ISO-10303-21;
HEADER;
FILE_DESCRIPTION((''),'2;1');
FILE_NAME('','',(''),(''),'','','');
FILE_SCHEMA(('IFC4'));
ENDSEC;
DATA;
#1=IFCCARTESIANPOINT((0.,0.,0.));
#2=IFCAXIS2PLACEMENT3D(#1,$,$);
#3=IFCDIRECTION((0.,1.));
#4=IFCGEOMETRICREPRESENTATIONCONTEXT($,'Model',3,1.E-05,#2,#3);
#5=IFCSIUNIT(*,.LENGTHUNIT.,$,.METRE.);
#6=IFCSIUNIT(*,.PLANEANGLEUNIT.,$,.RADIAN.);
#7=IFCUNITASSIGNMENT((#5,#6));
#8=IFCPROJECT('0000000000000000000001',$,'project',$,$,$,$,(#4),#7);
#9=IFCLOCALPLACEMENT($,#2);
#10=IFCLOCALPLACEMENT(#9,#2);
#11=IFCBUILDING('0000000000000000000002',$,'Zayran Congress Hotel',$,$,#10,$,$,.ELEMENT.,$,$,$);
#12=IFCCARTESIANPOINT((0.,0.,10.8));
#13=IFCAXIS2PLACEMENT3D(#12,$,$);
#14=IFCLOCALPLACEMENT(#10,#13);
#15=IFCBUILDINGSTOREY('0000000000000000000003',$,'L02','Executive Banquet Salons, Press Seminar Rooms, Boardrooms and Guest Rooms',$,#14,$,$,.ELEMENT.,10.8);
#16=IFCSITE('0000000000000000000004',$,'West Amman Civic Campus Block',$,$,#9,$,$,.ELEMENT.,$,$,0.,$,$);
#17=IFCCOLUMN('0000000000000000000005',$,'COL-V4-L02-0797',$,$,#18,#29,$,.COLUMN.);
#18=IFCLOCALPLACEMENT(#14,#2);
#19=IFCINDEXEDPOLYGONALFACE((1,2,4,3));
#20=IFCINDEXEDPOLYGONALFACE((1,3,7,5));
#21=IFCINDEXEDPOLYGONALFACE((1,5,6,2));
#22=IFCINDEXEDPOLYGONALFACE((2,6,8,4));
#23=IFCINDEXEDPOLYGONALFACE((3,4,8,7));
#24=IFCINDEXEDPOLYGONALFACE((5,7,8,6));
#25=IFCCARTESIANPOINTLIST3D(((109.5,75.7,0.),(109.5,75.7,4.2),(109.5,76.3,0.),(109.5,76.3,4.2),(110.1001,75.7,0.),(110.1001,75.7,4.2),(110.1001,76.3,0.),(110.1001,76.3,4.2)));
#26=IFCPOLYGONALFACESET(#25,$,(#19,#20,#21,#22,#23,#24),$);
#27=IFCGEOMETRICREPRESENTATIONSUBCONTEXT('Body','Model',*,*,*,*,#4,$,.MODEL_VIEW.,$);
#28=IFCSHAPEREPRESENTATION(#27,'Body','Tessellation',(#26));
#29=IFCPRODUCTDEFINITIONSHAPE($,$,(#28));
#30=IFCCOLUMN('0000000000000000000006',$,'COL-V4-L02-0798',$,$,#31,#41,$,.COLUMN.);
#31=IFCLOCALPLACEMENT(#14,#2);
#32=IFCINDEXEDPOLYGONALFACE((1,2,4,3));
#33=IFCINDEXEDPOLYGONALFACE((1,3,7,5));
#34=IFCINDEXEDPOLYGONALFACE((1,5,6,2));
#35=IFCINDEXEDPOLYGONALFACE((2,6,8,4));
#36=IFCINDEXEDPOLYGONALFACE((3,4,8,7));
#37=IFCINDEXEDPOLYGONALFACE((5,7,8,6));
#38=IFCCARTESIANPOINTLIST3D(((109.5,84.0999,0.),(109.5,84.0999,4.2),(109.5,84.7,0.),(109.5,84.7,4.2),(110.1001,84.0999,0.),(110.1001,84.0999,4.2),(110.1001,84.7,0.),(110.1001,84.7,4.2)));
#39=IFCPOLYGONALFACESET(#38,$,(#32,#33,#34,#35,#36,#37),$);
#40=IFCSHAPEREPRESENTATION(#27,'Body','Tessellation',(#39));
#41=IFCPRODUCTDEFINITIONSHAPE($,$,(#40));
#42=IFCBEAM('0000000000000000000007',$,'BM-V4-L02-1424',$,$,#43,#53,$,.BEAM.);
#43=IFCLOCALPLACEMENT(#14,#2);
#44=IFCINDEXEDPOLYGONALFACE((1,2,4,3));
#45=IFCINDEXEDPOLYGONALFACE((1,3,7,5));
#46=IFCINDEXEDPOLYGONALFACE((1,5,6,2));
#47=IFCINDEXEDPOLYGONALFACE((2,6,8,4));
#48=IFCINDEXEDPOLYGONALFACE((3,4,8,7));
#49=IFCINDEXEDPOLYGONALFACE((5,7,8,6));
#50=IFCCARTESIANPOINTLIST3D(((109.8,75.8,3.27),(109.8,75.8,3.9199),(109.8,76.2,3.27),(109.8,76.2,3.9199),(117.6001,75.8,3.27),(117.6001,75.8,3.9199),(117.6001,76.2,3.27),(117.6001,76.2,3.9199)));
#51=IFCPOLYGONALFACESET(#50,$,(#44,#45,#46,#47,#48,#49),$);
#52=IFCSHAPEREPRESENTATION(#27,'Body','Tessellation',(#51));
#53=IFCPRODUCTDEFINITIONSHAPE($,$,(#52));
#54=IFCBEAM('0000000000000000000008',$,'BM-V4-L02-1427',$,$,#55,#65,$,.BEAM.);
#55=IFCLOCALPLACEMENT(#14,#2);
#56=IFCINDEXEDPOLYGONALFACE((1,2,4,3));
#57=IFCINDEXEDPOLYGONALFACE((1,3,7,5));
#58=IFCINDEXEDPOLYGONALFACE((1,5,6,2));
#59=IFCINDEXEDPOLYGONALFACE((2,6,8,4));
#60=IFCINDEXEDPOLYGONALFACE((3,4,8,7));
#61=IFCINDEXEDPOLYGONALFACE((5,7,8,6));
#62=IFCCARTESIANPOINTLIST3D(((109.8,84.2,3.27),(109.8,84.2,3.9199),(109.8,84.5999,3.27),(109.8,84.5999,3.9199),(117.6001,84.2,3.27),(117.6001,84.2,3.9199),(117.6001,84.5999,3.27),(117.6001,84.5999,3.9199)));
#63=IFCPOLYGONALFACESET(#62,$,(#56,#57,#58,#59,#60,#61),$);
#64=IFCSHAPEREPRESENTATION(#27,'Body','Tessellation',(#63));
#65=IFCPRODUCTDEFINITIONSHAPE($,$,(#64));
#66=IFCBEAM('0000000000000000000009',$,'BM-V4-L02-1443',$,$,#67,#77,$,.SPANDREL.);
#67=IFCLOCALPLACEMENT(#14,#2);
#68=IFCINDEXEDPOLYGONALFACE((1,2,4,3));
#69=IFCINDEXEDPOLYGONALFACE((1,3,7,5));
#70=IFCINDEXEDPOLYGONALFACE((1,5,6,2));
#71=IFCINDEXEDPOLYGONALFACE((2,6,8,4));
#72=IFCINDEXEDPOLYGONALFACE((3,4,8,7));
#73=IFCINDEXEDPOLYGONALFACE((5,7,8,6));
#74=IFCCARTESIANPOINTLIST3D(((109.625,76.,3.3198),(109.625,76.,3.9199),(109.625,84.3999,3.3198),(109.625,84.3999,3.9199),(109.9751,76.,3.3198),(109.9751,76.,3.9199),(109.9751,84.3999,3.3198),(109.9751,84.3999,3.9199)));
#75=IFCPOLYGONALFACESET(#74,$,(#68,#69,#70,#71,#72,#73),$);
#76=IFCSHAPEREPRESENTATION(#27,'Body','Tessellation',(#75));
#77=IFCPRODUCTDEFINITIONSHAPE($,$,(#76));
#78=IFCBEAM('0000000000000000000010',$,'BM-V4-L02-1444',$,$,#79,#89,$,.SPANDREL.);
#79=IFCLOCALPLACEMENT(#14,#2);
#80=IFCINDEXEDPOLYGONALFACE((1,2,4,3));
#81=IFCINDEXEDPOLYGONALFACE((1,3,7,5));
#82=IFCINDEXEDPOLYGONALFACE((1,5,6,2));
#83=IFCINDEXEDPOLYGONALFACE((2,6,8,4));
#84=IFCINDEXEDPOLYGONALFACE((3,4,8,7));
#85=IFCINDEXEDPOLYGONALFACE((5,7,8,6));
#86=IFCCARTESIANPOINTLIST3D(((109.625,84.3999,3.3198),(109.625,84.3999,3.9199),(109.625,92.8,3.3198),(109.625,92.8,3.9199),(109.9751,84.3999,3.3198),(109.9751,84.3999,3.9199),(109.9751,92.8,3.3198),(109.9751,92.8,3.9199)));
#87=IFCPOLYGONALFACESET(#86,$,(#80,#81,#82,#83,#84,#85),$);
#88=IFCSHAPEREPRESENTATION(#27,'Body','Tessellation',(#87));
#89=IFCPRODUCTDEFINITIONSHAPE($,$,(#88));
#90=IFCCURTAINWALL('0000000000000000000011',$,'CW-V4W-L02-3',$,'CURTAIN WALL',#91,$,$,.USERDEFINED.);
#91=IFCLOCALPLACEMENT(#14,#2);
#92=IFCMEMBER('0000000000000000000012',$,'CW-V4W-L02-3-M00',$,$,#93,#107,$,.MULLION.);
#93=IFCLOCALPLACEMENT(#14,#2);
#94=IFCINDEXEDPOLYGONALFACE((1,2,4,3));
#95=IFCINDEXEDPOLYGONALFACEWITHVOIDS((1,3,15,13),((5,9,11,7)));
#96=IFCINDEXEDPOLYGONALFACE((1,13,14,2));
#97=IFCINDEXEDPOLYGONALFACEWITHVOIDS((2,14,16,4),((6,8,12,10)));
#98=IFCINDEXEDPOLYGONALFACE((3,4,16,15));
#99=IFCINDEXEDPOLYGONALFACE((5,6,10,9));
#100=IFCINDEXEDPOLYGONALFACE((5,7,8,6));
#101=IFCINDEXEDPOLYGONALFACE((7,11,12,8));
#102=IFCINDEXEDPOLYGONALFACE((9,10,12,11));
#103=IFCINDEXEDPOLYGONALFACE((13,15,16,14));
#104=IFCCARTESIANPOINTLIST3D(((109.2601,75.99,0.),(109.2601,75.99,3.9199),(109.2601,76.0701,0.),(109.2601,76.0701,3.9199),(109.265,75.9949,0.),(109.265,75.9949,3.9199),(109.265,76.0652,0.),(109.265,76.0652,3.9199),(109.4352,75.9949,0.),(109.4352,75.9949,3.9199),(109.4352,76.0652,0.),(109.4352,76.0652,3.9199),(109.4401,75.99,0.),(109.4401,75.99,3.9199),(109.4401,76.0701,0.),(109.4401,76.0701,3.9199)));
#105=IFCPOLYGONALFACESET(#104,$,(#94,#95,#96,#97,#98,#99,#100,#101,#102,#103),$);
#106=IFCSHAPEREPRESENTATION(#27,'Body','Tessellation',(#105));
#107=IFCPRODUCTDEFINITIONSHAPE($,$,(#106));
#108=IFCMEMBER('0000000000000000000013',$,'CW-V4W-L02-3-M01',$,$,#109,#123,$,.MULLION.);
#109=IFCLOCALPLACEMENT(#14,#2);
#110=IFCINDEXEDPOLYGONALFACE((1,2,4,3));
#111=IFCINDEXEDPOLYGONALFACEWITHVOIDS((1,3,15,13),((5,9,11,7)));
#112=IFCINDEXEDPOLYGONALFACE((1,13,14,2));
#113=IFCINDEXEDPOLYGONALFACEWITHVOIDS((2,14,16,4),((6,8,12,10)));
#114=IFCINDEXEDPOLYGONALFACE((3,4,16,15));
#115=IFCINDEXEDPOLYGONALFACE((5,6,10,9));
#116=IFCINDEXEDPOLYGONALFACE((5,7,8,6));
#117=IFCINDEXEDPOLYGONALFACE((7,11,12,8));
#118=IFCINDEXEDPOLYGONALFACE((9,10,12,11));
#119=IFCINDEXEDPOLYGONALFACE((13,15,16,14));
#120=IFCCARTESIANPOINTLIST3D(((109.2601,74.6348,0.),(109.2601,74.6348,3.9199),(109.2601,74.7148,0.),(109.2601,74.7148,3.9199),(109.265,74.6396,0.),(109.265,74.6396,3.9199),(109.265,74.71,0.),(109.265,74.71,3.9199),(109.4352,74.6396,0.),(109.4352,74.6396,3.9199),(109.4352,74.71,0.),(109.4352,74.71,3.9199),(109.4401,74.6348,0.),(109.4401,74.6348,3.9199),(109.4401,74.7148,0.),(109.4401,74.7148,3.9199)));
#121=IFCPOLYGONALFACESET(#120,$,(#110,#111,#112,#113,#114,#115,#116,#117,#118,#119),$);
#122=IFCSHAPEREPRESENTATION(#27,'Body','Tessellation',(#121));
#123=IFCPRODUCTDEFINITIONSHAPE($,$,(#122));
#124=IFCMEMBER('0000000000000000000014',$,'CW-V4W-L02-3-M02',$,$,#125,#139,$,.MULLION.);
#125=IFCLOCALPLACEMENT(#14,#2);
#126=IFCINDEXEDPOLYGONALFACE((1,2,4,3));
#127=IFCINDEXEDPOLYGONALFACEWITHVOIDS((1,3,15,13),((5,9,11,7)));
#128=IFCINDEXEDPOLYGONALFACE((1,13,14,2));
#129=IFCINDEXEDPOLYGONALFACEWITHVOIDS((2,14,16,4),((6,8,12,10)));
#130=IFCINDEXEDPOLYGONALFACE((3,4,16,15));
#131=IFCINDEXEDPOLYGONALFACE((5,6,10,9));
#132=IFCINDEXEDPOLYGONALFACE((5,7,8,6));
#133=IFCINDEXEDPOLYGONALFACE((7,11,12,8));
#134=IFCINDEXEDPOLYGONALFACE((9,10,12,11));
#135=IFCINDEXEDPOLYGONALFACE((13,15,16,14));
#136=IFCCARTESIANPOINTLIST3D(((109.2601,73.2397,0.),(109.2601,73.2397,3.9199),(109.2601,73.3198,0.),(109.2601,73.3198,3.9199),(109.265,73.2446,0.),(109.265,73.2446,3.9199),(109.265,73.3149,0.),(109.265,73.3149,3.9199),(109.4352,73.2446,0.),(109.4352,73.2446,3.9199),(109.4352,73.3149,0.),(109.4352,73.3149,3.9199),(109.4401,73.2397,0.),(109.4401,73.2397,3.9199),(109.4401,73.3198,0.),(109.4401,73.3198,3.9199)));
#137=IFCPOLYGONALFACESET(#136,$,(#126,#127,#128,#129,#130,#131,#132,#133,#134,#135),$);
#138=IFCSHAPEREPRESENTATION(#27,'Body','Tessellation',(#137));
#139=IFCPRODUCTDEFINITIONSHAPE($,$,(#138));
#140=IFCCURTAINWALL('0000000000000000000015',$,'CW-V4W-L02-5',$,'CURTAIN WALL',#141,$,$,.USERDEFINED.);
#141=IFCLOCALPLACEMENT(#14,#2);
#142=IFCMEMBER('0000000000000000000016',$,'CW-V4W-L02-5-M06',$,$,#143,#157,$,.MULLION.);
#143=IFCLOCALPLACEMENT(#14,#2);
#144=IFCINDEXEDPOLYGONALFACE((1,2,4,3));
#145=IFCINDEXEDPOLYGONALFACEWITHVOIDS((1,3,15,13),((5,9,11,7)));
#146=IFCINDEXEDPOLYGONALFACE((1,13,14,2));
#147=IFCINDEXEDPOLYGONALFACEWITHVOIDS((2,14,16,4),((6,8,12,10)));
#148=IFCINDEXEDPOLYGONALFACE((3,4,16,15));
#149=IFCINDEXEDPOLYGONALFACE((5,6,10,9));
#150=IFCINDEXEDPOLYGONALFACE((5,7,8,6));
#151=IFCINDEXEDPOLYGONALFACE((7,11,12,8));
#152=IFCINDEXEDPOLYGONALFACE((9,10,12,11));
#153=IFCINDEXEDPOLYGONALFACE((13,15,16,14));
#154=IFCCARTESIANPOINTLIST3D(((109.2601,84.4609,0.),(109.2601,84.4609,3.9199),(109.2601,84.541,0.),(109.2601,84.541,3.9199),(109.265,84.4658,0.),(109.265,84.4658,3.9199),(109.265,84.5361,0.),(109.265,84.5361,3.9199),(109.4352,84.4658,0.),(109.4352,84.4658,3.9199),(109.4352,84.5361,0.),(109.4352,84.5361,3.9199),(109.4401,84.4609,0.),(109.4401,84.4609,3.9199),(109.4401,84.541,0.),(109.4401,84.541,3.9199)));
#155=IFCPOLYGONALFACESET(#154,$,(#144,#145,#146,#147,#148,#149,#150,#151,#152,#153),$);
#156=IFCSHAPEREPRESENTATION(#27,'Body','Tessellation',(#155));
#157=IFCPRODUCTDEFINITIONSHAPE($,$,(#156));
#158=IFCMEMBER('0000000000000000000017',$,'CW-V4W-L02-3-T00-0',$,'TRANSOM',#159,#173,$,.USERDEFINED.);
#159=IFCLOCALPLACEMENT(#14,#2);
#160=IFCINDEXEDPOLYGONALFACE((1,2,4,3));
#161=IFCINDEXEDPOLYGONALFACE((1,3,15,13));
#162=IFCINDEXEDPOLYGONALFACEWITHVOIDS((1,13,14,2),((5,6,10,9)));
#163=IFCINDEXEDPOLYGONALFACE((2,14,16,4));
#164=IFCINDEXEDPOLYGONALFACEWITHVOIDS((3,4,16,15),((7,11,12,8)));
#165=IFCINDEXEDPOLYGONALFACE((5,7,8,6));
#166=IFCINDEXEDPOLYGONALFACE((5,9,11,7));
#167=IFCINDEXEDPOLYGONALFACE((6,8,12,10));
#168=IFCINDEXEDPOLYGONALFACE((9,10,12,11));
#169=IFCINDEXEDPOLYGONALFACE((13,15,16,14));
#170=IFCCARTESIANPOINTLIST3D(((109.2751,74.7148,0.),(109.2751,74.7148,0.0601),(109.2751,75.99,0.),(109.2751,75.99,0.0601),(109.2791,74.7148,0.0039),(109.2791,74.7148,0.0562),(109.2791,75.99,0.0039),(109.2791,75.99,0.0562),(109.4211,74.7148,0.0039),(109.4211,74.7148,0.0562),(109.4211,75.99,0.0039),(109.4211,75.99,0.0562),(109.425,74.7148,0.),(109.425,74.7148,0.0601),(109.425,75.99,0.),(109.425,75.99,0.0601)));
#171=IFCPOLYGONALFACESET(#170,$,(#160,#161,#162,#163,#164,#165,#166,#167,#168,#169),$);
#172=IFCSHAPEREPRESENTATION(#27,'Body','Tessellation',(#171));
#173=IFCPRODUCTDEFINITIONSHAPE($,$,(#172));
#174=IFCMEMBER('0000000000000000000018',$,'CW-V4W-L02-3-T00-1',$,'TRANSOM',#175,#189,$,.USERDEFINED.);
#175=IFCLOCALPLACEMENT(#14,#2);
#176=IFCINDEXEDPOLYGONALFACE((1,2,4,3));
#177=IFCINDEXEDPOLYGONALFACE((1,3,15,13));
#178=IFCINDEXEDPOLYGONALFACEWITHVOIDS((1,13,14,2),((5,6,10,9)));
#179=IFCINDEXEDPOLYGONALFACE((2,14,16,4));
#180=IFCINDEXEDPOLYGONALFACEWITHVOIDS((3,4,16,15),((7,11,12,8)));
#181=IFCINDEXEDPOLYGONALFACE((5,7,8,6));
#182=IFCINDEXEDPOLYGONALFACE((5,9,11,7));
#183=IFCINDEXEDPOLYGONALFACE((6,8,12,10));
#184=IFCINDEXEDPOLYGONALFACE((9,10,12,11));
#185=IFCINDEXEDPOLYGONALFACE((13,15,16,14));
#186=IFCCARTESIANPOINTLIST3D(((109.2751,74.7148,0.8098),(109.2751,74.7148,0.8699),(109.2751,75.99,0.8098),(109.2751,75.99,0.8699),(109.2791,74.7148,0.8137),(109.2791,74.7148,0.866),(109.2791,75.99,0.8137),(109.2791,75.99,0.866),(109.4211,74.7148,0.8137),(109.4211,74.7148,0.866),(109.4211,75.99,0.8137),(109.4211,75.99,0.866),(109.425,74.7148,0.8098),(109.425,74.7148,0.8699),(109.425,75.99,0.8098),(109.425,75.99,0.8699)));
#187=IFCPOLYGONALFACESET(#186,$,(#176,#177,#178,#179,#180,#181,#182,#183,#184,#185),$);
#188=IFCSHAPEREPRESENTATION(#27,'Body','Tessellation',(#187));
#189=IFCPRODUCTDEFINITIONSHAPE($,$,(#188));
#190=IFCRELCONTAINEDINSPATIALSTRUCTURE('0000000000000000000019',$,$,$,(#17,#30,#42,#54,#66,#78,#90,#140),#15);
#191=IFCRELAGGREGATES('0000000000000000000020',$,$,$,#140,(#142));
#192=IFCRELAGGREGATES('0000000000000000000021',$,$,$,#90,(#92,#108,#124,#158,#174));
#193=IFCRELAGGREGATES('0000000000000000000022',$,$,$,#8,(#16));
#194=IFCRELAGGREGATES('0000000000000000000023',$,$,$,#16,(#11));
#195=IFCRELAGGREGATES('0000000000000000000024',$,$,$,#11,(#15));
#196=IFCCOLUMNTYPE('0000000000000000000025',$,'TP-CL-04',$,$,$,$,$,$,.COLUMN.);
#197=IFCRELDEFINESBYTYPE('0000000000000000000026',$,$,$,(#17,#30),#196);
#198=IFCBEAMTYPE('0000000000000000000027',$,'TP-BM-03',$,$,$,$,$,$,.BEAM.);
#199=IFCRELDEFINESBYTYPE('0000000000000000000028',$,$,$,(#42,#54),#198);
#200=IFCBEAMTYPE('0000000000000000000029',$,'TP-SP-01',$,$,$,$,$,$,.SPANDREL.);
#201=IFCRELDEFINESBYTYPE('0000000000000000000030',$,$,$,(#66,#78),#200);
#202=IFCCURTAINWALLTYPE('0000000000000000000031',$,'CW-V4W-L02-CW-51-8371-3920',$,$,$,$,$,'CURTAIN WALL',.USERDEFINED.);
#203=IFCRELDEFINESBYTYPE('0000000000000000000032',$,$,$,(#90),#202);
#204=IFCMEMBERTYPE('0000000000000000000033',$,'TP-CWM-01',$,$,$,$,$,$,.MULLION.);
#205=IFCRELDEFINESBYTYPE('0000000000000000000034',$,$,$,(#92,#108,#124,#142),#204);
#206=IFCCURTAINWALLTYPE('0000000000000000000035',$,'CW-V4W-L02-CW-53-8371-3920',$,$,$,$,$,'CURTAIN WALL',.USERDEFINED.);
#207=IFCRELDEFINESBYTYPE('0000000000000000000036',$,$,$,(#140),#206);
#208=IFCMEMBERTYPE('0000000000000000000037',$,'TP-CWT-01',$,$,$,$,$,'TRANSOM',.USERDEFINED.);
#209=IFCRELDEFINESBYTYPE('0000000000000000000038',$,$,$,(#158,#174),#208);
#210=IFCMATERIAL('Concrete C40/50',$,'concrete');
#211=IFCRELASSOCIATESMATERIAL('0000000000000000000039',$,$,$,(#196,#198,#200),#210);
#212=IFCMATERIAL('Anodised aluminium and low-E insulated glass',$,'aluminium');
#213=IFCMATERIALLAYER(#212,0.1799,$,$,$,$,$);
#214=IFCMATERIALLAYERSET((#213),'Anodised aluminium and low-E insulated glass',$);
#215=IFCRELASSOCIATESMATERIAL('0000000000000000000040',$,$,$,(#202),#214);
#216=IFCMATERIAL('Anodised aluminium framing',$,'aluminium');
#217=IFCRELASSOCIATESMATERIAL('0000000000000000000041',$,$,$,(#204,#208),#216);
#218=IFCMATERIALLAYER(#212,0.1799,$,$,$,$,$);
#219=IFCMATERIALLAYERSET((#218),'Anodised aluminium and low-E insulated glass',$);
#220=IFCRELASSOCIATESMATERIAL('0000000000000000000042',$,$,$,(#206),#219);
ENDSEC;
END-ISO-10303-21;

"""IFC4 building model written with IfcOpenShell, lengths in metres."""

from ifc_helpers import new_model, si_unit, direction, frame, origin, origin_2d, place, context, subcontext, project, spatial, rectangle, hollow_rectangle, extrude, material, layer, layer_set, material_profile, profile_set, type_object, element, aggregate, save


model = new_model("IFC4")

# Units and contexts
model_context = context("Model", 3, precision=1e-05, world=origin(), true_north=direction((0.0, 1.0)))
body_context = subcontext(model_context, "Body", "Model", "MODEL_VIEW")
ifc_project = project(units=[si_unit("LENGTHUNIT", "METRE"), si_unit("PLANEANGLEUNIT", "RADIAN")], contexts=[model_context])

# Site, building, storey
site_placement = place(None, origin())
site = spatial("IfcSite", under=ifc_project, at=site_placement, Name="West Amman Civic Campus Block", CompositionType="ELEMENT", RefElevation=0.0)
building_placement = place(site_placement, origin())
building = spatial("IfcBuilding", under=site, at=building_placement, Name="Zayran Congress Hotel", CompositionType="ELEMENT")
storey_placement = place(building_placement, frame((0.0, 0.0, 10.8)))
storey = spatial("IfcBuildingStorey", under=building, at=storey_placement, Name="L02", Description="Executive Banquet Salons, Press Seminar Rooms, Boardrooms and Guest Rooms", CompositionType="ELEMENT", Elevation=10.8)

# Columns
ifc_material_1 = material(Name="Concrete C40/50", Category="concrete")
ifc_material_profile_1 = material_profile(ifc_material_1, rectangle(XDim=0.6001, YDim=0.6001, at=origin_2d()), Name="RC 600x600")
ifc_profile_set_1 = profile_set([ifc_material_profile_1], Name="Concrete C40/50")
column_type = type_object("IfcColumnType", Name="TP-CL-04", PredefinedType="COLUMN", material=ifc_profile_set_1)
for number, where, z_axis, x_axis, name in (
    (1, (109.8, 76.0, 0.0), (0.0, 0.0, 1.0), (1.0, 0.0, 0.0), "COL-V4-L02-0797"),
    (2, (109.8, 84.3999, 0.0), (0.0, 0.0, 1.0), (1.0, 0.0, 0.0), "COL-V4-L02-0798"),
):
    element("IfcColumn", number, at=place(storey_placement, frame(where, z_axis=z_axis, x_axis=x_axis)), inside=storey, type_object=column_type, Name=name, PredefinedType="COLUMN", context=body_context, shape_type="SweptSolid", body=[
        extrude(rectangle(XDim=0.6001, YDim=0.6001, at=origin_2d()), origin(), (0.0, 0.0, 1.0), 4.2),
    ])

# Beams
ifc_material_profile_2 = material_profile(ifc_material_1, rectangle(XDim=0.3999, YDim=0.6499, at=origin_2d()), Name="RC 400x650")
ifc_profile_set_2 = profile_set([ifc_material_profile_2], Name="Concrete C40/50")
beam_type_1 = type_object("IfcBeamType", Name="TP-BM-03", PredefinedType="BEAM", material=ifc_profile_set_2)
for number, where, z_axis, x_axis, name in (
    (3, (109.8, 76.0, 3.595), (1.0, 0.0, 0.0), (0.0, 1.0, 0.0), "BM-V4-L02-1424"),
    (4, (109.8, 84.3999, 3.595), (1.0, 0.0, 0.0), (0.0, 1.0, 0.0), "BM-V4-L02-1427"),
):
    element("IfcBeam", number, at=place(storey_placement, frame(where, z_axis=z_axis, x_axis=x_axis)), inside=storey, type_object=beam_type_1, Name=name, PredefinedType="BEAM", context=body_context, shape_type="SweptSolid", body=[
        extrude(rectangle(XDim=0.3999, YDim=0.6499, at=origin_2d()), origin(), (0.0, 0.0, 1.0), 7.8),
    ])
ifc_material_profile_3 = material_profile(ifc_material_1, rectangle(XDim=0.3501, YDim=0.6001, at=origin_2d()), Name="RC 350x600")
ifc_profile_set_3 = profile_set([ifc_material_profile_3], Name="Concrete C40/50")
beam_type_2 = type_object("IfcBeamType", Name="TP-SP-01", PredefinedType="SPANDREL", material=ifc_profile_set_3)
beam_1_placement = place(storey_placement, frame((109.8, 76.0, 3.6199), z_axis=(0.0, 1.0, 0.0), x_axis=(-1.0, 0.0, 0.0)))
element("IfcBeam", 5, at=beam_1_placement, inside=storey, type_object=beam_type_2, Name="BM-V4-L02-1443", PredefinedType="SPANDREL", context=body_context, shape_type="SweptSolid", body=[
    extrude(rectangle(XDim=0.3501, YDim=0.6001, at=origin_2d()), origin(), (0.0, 0.0, 1.0), 8.3999),
])
beam_2_placement = place(storey_placement, frame((109.8, 84.3999, 3.6199), z_axis=(0.0, 1.0, 0.0), x_axis=(-1.0, 0.0, 0.0)))
element("IfcBeam", 6, at=beam_2_placement, inside=storey, type_object=beam_type_2, Name="BM-V4-L02-1444", PredefinedType="SPANDREL", context=body_context, shape_type="SweptSolid", body=[
    extrude(rectangle(XDim=0.3501, YDim=0.6001, at=origin_2d()), origin(), (0.0, 0.0, 1.0), 8.4001),
])

# Curtain wall, members
ifc_material_2 = material(Name="Anodised aluminium and low-E insulated glass", Category="aluminium")
ifc_layer_1 = layer(ifc_material_2, 0.1799)
ifc_layer_set_1 = layer_set([ifc_layer_1], Name="Anodised aluminium and low-E insulated glass")
curtain_wall_type_1 = type_object("IfcCurtainWallType", Name="CW-V4W-L02-CW-51-8371-3920", ElementType="CURTAIN WALL", PredefinedType="USERDEFINED", material=ifc_layer_set_1)
curtain_wall_1_placement = place(storey_placement, origin())
curtain_wall_1 = element("IfcCurtainWall", 7, at=curtain_wall_1_placement, inside=storey, type_object=curtain_wall_type_1, Name="CW-V4W-L02-3", ObjectType="CURTAIN WALL", PredefinedType="USERDEFINED")
ifc_material_3 = material(Name="Anodised aluminium framing", Category="aluminium")
ifc_material_profile_4 = material_profile(ifc_material_3, hollow_rectangle(XDim=0.0801, YDim=0.1799, WallThickness=0.0049, at=origin_2d()), Name="RHS 180x80x5")
ifc_profile_set_4 = profile_set([ifc_material_profile_4], Name="Anodised aluminium framing")
member_type_1 = type_object("IfcMemberType", Name="TP-CWM-01", PredefinedType="MULLION", material=ifc_profile_set_4)
member_1_placement = place(storey_placement, frame((109.3501, 76.03, 0.0), z_axis=(0.0, 0.0, 1.0), x_axis=(0.0, 1.0, 0.0)))
member_1 = element("IfcMember", 8, at=member_1_placement, type_object=member_type_1, Name="CW-V4W-L02-3-M00", PredefinedType="MULLION", context=body_context, shape_type="SweptSolid", body=[
    extrude(hollow_rectangle(XDim=0.0801, YDim=0.1799, WallThickness=0.0049, at=origin_2d()), origin(), (0.0, 0.0, 1.0), 3.9199),
])
member_2_placement = place(storey_placement, frame((109.3501, 74.6748, 0.0), z_axis=(0.0, 0.0, 1.0), x_axis=(0.0, 1.0, 0.0)))
member_2 = element("IfcMember", 9, at=member_2_placement, type_object=member_type_1, Name="CW-V4W-L02-3-M01", PredefinedType="MULLION", context=body_context, shape_type="SweptSolid", body=[
    extrude(hollow_rectangle(XDim=0.0801, YDim=0.1799, WallThickness=0.0049, at=origin_2d()), origin(), (0.0, 0.0, 1.0), 3.9199),
])
member_3_placement = place(storey_placement, frame((109.3501, 73.2798, 0.0), z_axis=(0.0, 0.0, 1.0), x_axis=(0.0, 1.0, 0.0)))
member_3 = element("IfcMember", 10, at=member_3_placement, type_object=member_type_1, Name="CW-V4W-L02-3-M02", PredefinedType="MULLION", context=body_context, shape_type="SweptSolid", body=[
    extrude(hollow_rectangle(XDim=0.0801, YDim=0.1799, WallThickness=0.0049, at=origin_2d()), origin(), (0.0, 0.0, 1.0), 3.9199),
])

# Curtain wall, member
ifc_layer_2 = layer(ifc_material_2, 0.1799)
ifc_layer_set_2 = layer_set([ifc_layer_2], Name="Anodised aluminium and low-E insulated glass")
curtain_wall_type_2 = type_object("IfcCurtainWallType", Name="CW-V4W-L02-CW-53-8371-3920", ElementType="CURTAIN WALL", PredefinedType="USERDEFINED", material=ifc_layer_set_2)
curtain_wall_2_placement = place(storey_placement, origin())
curtain_wall_2 = element("IfcCurtainWall", 11, at=curtain_wall_2_placement, inside=storey, type_object=curtain_wall_type_2, Name="CW-V4W-L02-5", ObjectType="CURTAIN WALL", PredefinedType="USERDEFINED")
member_4_placement = place(storey_placement, frame((109.3501, 84.501, 0.0), z_axis=(0.0, 0.0, 1.0), x_axis=(0.0, 1.0, 0.0)))
member_4 = element("IfcMember", 12, at=member_4_placement, type_object=member_type_1, Name="CW-V4W-L02-5-M06", PredefinedType="MULLION", context=body_context, shape_type="SweptSolid", body=[
    extrude(hollow_rectangle(XDim=0.0801, YDim=0.1799, WallThickness=0.0049, at=origin_2d()), origin(), (0.0, 0.0, 1.0), 3.9199),
])
aggregate(curtain_wall_2, [member_4])

# Members
ifc_material_profile_5 = material_profile(ifc_material_3, hollow_rectangle(XDim=0.0601, YDim=0.1499, WallThickness=0.0039, at=origin_2d()), Name="RHS 150x60x4")
ifc_profile_set_5 = profile_set([ifc_material_profile_5], Name="Anodised aluminium framing")
member_type_2 = type_object("IfcMemberType", Name="TP-CWT-01", ElementType="TRANSOM", PredefinedType="USERDEFINED", material=ifc_profile_set_5)
member_5_placement = place(storey_placement, frame((109.3501, 75.99, 0.03), z_axis=(0.0, -1.0, 0.0), x_axis=(0.0, 0.0, 1.0)))
member_5 = element("IfcMember", 13, at=member_5_placement, type_object=member_type_2, Name="CW-V4W-L02-3-T00-0", ObjectType="TRANSOM", PredefinedType="USERDEFINED", context=body_context, shape_type="SweptSolid", body=[
    extrude(hollow_rectangle(XDim=0.0601, YDim=0.1499, WallThickness=0.0039, at=origin_2d()), origin(), (0.0, 0.0, 1.0), 1.2751),
])
member_6_placement = place(storey_placement, frame((109.3501, 75.99, 0.8398), z_axis=(0.0, -1.0, 0.0), x_axis=(0.0, 0.0, 1.0)))
member_6 = element("IfcMember", 14, at=member_6_placement, type_object=member_type_2, Name="CW-V4W-L02-3-T00-1", ObjectType="TRANSOM", PredefinedType="USERDEFINED", context=body_context, shape_type="SweptSolid", body=[
    extrude(hollow_rectangle(XDim=0.0601, YDim=0.1499, WallThickness=0.0039, at=origin_2d()), origin(), (0.0, 0.0, 1.0), 1.2751),
])

aggregate(curtain_wall_1, [member_1, member_2, member_3, member_5, member_6])

save(model, "model.ifc")
